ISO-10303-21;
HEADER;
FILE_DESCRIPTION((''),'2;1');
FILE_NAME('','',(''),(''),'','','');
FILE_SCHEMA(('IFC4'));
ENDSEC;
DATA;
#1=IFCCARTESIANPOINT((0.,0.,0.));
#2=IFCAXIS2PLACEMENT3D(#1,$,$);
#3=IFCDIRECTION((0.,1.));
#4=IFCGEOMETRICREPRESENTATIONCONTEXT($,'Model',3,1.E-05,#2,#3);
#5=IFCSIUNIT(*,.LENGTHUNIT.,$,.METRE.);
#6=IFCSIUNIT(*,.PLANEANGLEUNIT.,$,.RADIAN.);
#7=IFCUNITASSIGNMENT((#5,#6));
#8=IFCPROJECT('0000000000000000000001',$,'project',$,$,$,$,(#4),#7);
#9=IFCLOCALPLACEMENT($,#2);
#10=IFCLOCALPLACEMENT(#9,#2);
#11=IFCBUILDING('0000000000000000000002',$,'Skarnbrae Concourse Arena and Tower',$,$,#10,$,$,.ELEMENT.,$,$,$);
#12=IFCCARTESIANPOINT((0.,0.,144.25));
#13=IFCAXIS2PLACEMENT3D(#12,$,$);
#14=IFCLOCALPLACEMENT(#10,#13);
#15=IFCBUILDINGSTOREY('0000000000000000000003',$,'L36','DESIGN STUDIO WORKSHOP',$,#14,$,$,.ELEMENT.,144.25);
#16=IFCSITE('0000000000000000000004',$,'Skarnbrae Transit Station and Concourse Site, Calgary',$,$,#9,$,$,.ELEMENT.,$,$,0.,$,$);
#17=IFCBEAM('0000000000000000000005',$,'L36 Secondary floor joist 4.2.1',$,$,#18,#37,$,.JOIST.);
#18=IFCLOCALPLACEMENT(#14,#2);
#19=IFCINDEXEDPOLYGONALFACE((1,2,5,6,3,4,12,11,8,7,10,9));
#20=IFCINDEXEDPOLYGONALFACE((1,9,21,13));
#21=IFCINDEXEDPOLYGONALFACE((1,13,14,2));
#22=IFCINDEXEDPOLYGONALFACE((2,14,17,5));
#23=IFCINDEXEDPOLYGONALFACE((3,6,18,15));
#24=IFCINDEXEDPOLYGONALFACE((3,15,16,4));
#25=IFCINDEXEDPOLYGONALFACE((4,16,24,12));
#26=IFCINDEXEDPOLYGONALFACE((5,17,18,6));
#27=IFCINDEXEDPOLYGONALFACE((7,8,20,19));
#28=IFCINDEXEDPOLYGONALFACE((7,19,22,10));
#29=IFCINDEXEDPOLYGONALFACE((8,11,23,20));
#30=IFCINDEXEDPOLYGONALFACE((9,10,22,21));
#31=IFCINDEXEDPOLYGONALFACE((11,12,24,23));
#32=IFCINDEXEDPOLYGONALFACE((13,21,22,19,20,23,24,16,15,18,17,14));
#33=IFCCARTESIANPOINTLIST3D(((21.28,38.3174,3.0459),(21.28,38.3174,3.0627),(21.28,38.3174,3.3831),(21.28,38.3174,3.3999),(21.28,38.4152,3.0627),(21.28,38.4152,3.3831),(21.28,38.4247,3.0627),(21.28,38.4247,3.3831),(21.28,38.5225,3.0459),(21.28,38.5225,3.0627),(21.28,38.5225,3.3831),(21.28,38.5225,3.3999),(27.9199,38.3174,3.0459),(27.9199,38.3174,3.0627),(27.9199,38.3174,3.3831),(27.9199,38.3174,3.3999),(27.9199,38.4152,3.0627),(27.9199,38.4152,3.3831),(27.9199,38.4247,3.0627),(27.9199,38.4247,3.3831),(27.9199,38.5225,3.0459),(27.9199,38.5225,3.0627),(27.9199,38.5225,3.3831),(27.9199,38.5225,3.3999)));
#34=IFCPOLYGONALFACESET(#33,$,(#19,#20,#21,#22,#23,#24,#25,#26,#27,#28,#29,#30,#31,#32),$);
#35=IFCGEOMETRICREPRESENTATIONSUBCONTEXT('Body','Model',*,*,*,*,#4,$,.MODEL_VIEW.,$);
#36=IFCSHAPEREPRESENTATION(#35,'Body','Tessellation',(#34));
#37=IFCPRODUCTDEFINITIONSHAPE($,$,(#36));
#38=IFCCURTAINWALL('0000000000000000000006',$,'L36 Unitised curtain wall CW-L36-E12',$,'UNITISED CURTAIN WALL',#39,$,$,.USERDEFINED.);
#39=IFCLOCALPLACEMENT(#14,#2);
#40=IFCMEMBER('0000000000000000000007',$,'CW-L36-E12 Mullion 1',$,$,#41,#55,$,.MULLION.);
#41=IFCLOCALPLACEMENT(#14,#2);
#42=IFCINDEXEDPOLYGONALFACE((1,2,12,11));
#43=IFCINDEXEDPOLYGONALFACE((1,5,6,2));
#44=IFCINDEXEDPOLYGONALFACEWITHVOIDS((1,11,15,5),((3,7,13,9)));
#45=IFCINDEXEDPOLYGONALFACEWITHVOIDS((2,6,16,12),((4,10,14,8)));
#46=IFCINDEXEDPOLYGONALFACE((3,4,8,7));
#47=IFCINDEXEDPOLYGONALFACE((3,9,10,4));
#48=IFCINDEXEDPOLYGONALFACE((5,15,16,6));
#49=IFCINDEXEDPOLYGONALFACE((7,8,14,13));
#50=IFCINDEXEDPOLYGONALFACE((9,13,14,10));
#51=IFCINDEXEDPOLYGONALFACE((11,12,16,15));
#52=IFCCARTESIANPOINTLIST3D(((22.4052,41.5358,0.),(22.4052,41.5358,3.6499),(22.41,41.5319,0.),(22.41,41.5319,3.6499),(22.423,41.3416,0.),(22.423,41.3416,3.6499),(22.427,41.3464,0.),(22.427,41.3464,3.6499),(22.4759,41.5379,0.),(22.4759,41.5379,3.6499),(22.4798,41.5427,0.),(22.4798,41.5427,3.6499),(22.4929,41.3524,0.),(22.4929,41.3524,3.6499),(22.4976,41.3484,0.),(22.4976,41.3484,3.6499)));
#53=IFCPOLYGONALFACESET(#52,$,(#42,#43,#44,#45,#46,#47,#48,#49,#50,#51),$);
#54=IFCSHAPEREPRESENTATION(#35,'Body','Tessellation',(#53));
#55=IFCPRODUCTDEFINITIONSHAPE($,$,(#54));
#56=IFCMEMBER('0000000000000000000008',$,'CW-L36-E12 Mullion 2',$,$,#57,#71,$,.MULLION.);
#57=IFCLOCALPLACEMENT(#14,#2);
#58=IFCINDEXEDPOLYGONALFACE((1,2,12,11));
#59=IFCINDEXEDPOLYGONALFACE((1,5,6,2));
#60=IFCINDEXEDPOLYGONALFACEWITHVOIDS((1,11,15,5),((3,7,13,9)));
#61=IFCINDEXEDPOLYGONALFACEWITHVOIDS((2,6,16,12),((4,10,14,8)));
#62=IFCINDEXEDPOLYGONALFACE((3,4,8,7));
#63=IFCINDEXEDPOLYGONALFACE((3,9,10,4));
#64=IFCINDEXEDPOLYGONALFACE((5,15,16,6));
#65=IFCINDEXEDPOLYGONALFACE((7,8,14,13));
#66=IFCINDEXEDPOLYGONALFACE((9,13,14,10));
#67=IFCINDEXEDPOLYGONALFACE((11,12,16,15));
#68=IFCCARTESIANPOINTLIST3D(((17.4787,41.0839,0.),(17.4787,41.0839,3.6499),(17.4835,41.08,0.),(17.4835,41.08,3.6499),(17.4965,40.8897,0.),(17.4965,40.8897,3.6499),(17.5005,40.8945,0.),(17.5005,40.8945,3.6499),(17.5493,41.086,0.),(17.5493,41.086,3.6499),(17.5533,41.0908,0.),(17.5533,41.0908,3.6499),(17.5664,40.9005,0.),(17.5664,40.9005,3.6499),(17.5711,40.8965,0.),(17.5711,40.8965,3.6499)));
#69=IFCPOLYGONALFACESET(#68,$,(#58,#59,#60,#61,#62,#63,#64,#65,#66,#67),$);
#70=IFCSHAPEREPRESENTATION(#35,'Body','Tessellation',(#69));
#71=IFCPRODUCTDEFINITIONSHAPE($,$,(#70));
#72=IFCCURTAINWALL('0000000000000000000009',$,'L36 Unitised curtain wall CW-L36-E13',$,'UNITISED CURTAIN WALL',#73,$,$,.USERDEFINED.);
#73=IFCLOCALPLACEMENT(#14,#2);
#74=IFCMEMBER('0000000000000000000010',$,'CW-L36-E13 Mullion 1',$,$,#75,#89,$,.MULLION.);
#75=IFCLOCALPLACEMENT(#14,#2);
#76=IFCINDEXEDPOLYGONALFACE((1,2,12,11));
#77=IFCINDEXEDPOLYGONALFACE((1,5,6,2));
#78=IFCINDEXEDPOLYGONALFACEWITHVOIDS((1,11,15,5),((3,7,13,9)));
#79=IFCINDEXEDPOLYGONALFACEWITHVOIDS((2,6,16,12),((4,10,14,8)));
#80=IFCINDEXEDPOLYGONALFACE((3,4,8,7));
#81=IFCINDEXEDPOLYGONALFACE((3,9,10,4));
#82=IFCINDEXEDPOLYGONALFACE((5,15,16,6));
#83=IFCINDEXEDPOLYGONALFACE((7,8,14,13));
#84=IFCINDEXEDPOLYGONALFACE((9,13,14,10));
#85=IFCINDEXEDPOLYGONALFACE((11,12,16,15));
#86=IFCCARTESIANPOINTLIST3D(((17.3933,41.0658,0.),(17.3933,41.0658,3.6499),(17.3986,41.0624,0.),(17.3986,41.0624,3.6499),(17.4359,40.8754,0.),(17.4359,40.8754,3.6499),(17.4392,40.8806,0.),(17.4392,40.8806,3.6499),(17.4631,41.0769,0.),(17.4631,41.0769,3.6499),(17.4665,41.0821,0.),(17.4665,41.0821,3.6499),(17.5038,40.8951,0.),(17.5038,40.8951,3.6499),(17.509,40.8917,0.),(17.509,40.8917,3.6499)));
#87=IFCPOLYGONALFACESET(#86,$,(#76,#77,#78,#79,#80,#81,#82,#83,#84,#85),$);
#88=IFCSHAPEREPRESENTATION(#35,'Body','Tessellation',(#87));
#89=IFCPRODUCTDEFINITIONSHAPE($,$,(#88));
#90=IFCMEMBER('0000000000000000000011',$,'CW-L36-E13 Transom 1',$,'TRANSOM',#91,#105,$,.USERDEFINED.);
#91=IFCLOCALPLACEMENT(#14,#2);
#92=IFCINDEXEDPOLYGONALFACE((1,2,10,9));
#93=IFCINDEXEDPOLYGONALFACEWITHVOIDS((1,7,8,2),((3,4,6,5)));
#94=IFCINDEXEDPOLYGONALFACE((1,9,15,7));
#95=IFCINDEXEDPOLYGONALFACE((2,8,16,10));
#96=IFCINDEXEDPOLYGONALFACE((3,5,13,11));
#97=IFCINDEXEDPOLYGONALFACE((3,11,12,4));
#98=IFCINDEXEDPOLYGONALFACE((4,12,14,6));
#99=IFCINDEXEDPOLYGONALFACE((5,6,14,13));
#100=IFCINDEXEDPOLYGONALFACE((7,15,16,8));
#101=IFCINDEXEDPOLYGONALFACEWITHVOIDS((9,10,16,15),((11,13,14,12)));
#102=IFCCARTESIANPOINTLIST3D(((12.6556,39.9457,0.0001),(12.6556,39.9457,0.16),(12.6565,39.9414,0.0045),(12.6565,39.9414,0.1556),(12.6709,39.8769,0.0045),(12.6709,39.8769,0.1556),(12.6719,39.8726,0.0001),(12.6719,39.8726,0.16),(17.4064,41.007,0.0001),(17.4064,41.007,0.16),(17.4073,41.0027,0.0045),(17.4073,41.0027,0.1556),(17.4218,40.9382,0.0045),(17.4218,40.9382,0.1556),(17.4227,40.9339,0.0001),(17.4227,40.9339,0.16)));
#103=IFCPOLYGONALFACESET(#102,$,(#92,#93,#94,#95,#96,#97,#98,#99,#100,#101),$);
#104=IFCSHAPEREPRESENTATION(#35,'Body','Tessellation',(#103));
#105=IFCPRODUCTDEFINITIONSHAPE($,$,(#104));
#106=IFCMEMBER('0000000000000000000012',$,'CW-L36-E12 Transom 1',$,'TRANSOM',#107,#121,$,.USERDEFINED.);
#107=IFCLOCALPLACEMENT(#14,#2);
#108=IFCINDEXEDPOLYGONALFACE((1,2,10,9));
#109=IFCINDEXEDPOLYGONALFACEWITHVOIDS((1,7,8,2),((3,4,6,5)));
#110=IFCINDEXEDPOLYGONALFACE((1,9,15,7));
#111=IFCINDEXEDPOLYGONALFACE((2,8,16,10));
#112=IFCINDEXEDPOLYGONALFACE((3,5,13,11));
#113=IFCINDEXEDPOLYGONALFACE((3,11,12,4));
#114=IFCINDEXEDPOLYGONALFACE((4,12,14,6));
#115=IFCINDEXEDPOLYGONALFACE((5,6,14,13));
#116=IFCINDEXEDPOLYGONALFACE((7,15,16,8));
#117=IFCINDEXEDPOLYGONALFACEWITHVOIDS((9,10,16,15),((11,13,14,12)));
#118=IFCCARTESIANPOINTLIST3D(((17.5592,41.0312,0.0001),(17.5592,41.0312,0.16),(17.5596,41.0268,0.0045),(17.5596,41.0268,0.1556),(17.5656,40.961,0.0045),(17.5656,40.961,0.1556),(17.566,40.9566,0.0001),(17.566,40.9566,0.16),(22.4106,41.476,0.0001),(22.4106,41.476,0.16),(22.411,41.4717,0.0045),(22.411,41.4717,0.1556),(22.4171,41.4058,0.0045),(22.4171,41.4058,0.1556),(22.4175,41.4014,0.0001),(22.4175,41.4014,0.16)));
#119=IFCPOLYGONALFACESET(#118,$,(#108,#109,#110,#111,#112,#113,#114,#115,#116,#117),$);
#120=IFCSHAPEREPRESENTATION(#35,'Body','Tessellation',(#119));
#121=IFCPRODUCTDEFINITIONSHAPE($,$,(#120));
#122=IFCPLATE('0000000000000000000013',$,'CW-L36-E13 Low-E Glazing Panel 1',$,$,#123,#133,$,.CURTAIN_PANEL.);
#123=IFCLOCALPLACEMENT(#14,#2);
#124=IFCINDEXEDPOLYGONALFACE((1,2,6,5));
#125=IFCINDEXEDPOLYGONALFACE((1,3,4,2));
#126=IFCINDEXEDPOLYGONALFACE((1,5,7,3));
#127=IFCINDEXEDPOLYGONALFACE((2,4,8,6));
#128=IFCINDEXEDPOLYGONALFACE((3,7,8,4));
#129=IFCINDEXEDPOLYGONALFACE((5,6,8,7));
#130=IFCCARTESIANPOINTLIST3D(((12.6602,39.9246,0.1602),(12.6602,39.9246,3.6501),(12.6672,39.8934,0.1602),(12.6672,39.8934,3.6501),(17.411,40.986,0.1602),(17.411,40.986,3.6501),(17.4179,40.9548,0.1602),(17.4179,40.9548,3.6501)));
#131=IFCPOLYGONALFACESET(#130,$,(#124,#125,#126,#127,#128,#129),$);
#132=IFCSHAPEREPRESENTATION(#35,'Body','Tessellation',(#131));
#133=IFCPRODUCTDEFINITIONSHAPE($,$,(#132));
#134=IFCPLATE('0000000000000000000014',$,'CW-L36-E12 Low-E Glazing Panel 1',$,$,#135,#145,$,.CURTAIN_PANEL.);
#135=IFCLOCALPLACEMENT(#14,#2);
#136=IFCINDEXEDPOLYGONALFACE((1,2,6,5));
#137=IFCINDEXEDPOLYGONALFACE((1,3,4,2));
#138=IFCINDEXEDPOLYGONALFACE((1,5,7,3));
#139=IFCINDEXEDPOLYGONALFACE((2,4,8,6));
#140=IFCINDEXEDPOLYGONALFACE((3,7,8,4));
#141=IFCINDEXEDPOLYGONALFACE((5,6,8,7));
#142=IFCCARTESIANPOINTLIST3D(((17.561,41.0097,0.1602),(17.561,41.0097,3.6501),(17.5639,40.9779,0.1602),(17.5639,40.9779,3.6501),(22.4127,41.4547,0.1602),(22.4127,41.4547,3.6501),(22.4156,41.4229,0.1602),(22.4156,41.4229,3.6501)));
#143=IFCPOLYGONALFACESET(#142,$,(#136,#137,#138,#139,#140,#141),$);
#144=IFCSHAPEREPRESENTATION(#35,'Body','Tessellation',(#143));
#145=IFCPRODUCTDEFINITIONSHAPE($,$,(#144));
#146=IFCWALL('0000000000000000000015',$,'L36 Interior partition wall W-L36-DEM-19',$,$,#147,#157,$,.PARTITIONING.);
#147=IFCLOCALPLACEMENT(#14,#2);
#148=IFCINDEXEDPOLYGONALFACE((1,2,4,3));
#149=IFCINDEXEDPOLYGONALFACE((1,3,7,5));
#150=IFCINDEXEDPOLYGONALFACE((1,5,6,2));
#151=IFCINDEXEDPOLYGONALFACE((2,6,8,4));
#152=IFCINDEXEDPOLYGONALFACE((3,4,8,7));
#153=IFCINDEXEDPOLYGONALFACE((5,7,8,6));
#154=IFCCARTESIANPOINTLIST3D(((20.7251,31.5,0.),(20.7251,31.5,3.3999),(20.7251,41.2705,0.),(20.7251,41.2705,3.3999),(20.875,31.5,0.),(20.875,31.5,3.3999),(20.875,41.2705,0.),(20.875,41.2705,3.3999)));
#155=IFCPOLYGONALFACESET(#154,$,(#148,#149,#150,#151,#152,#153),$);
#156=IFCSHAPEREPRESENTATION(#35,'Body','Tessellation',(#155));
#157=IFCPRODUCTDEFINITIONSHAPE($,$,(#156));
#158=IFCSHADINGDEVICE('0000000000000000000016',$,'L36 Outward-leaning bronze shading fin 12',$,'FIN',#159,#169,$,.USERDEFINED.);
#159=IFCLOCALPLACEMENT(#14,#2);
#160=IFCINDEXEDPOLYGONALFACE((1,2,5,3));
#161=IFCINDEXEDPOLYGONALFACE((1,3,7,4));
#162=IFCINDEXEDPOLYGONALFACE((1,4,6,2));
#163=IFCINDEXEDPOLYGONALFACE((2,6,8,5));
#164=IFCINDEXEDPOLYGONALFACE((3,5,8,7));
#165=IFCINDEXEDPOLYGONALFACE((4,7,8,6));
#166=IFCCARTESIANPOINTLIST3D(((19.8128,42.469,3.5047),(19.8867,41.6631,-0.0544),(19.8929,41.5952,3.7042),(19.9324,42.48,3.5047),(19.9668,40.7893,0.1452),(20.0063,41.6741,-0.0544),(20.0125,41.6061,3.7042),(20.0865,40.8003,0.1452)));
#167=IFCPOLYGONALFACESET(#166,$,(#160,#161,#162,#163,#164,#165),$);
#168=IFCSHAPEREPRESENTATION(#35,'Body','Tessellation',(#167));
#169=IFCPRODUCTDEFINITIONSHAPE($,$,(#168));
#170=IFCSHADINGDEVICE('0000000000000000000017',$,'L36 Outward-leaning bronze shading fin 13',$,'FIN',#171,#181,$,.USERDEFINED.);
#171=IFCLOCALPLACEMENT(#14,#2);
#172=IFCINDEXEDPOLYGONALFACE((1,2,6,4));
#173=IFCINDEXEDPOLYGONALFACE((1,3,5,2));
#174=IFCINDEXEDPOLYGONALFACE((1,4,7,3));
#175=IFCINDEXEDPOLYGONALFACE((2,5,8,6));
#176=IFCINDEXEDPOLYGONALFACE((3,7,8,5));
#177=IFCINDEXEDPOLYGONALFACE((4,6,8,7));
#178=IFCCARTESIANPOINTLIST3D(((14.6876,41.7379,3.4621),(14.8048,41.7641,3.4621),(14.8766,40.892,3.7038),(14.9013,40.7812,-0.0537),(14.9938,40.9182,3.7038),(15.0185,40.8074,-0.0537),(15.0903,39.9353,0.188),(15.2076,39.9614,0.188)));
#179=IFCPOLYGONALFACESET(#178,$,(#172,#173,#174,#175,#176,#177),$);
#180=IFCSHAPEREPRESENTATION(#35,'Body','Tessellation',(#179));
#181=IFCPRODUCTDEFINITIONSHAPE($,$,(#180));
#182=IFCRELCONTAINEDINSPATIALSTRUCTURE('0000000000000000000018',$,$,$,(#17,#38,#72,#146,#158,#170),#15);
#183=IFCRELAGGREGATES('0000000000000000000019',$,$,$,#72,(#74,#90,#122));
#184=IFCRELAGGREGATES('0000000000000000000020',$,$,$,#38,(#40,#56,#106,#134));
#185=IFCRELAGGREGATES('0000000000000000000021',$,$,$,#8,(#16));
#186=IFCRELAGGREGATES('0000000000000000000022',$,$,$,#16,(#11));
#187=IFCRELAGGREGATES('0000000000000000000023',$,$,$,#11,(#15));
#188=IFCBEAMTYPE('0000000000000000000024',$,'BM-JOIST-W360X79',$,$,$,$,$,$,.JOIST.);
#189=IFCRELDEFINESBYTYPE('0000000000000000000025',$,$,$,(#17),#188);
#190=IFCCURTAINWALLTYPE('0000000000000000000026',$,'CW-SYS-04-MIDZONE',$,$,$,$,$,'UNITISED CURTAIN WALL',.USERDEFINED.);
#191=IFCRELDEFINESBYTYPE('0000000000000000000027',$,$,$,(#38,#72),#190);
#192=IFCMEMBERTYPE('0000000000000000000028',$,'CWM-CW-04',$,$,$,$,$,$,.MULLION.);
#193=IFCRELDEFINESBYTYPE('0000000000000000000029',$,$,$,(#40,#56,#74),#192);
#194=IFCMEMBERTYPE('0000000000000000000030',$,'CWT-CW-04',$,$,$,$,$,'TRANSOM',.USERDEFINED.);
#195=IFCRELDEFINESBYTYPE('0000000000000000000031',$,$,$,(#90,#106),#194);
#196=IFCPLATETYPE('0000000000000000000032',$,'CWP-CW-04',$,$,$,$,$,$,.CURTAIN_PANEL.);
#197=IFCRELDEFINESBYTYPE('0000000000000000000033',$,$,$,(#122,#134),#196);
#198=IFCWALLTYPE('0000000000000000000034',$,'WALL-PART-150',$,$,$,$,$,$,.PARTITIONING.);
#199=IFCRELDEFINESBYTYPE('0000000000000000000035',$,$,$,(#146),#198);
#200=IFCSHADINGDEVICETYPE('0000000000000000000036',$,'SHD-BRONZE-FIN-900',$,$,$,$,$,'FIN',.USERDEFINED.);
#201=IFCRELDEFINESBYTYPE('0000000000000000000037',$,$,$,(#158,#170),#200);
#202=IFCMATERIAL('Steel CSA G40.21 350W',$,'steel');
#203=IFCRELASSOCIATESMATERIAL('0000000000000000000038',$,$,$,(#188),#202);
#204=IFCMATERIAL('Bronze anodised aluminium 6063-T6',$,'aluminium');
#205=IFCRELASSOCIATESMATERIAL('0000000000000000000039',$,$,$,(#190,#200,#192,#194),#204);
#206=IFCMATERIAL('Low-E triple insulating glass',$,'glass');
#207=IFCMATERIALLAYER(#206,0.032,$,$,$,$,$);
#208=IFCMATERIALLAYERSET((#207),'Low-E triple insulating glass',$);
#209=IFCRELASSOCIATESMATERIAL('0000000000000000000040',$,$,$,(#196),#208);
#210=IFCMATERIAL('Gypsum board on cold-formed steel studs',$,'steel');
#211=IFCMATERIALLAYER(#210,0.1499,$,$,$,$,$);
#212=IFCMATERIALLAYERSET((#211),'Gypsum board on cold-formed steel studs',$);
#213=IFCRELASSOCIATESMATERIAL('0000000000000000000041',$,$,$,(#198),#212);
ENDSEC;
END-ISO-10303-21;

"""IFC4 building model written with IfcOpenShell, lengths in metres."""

from ifc_helpers import new_model, si_unit, direction, frame, frame_2d, origin, origin_2d, place, context, subcontext, project, spatial, rectangle, hollow_rectangle, i_section, extrude, source, transform, mapped, material, layer, layer_set, material_profile, profile_set, type_object, element, aggregate, save


model = new_model("IFC4")

# Units and contexts
model_context = context("Model", 3, precision=1e-05, world=origin(), true_north=direction((0.0, 1.0)))
body_context = subcontext(model_context, "Body", "Model", "MODEL_VIEW")
ifc_project = project(units=[si_unit("LENGTHUNIT", "METRE"), si_unit("PLANEANGLEUNIT", "RADIAN")], contexts=[model_context])

# Site, building, storey
site_placement = place(None, origin())
site = spatial("IfcSite", under=ifc_project, at=site_placement, Name="Skarnbrae Transit Station and Concourse Site, Calgary", CompositionType="ELEMENT", RefElevation=0.0)
building_placement = place(site_placement, origin())
building = spatial("IfcBuilding", under=site, at=building_placement, Name="Skarnbrae Concourse Arena and Tower", CompositionType="ELEMENT")
storey_placement = place(building_placement, frame((0.0, 0.0, 144.25)))
storey = spatial("IfcBuildingStorey", under=building, at=storey_placement, Name="L36", Description="DESIGN STUDIO WORKSHOP", CompositionType="ELEMENT", Elevation=144.25)

# Shared definitions
ifc_material_1 = material(Name="Steel CSA G40.21 350W", Category="steel")

# Beam
ifc_material_profile_1 = material_profile(ifc_material_1, i_section(OverallWidth=0.2051, OverallDepth=0.354, WebThickness=0.0095, FlangeThickness=0.0168, at=origin_2d()), Name="W360X79")
ifc_profile_set_1 = profile_set([ifc_material_profile_1], Name="Steel CSA G40.21 350W")
beam_type_1 = type_object("IfcBeamType", Name="BM-JOIST-W360X79", PredefinedType="JOIST", material=ifc_profile_set_1)
shared_shape_1 = source(origin(), body_context, "Body", "SweptSolid", [
    extrude(i_section(OverallWidth=0.2051, OverallDepth=0.354, WebThickness=0.0095, FlangeThickness=0.0168, at=origin_2d()), origin(), (0.0, 0.0, 1.0), 6.6399),
])
for number, where, z_axis, x_axis, name in (
    (1, (21.28, 38.4199, 3.2229), (1.0, 0.0, 0.0), (0.0, 1.0, 0.0), "L36 Secondary floor joist 4.2.1"),
):
    element("IfcBeam", number, at=place(storey_placement, frame(where, z_axis=z_axis, x_axis=x_axis)), inside=storey, type_object=beam_type_1, Name=name, PredefinedType="JOIST", context=body_context, shape_type="MappedRepresentation", body=[
        mapped(shared_shape_1, transform((0.0, 0.0, 0.0))),
    ])

# Curtain walls, members
ifc_material_2 = material(Name="Bronze anodised aluminium 6063-T6", Category="aluminium")
curtain_wall_type = type_object("IfcCurtainWallType", Name="CW-SYS-04-MIDZONE", ElementType="UNITISED CURTAIN WALL", PredefinedType="USERDEFINED", material=ifc_material_2)
curtain_wall_1_placement = place(storey_placement, origin())
curtain_wall_1 = element("IfcCurtainWall", 2, at=curtain_wall_1_placement, inside=storey, type_object=curtain_wall_type, Name="L36 Unitised curtain wall CW-L36-E12", ObjectType="UNITISED CURTAIN WALL", PredefinedType="USERDEFINED")
ifc_material_profile_2 = material_profile(ifc_material_2, hollow_rectangle(XDim=0.075, YDim=0.1951, WallThickness=0.0044, at=origin_2d()), Name="ALU-MULL-75X195")
ifc_profile_set_2 = profile_set([ifc_material_profile_2], Name="Bronze anodised aluminium 6063-T6")
member_type_1 = type_object("IfcMemberType", Name="CWM-CW-04", PredefinedType="MULLION", material=ifc_profile_set_2)
shared_shape_2 = source(origin(), body_context, "Body", "SweptSolid", [
    extrude(hollow_rectangle(XDim=0.075, YDim=0.1951, WallThickness=0.0044, at=origin_2d()), origin(), (0.0, 0.0, 1.0), 3.6499),
])
member_1_placement = place(storey_placement, frame((22.4514, 41.4421, 0.0), z_axis=(0.0, 0.0, 1.0), x_axis=(-0.99582, -0.091338, 0.0)))
member_1 = element("IfcMember", 3, at=member_1_placement, type_object=member_type_1, Name="CW-L36-E12 Mullion 1", PredefinedType="MULLION", context=body_context, shape_type="MappedRepresentation", body=[
    mapped(shared_shape_2, transform((0.0, 0.0, 0.0))),
])
member_2_placement = place(storey_placement, frame((17.5249, 40.9902, 0.0), z_axis=(0.0, 0.0, 1.0), x_axis=(-0.99582, -0.091338, 0.0)))
member_2 = element("IfcMember", 4, at=member_2_placement, type_object=member_type_1, Name="CW-L36-E12 Mullion 2", PredefinedType="MULLION", context=body_context, shape_type="MappedRepresentation", body=[
    mapped(shared_shape_2, transform((0.0, 0.0, 0.0))),
])
curtain_wall_2_placement = place(storey_placement, origin())
curtain_wall_2 = element("IfcCurtainWall", 5, at=curtain_wall_2_placement, inside=storey, type_object=curtain_wall_type, Name="L36 Unitised curtain wall CW-L36-E13", ObjectType="UNITISED CURTAIN WALL", PredefinedType="USERDEFINED")
member_3_placement = place(storey_placement, frame((17.4512, 40.9788, 0.0), z_axis=(0.0, 0.0, 1.0), x_axis=(-0.975936, -0.218056, 0.0)))
member_3 = element("IfcMember", 6, at=member_3_placement, type_object=member_type_1, Name="CW-L36-E13 Mullion 1", PredefinedType="MULLION", context=body_context, shape_type="MappedRepresentation", body=[
    mapped(shared_shape_2, transform((0.0, 0.0, 0.0))),
])
ifc_material_profile_3 = material_profile(ifc_material_2, hollow_rectangle(XDim=0.075, YDim=0.1599, WallThickness=0.0044, at=origin_2d()), Name="ALU-TRAN-75X160")
ifc_profile_set_3 = profile_set([ifc_material_profile_3], Name="Bronze anodised aluminium 6063-T6")
member_type_2 = type_object("IfcMemberType", Name="CWT-CW-04", ElementType="TRANSOM", PredefinedType="USERDEFINED", material=ifc_profile_set_3)
shared_shape_3 = source(origin(), body_context, "Body", "SweptSolid", [
    extrude(hollow_rectangle(XDim=0.075, YDim=0.1599, WallThickness=0.0044, at=origin_2d()), origin(), (0.0, 0.0, 1.0), 4.8679),
])
member_4_placement = place(storey_placement, frame((17.4146, 40.9705, 0.0801), z_axis=(-0.975945, -0.218019, 0.0), x_axis=(0.218019, -0.975945, 0.0)))
member_4 = element("IfcMember", 7, at=member_4_placement, type_object=member_type_2, Name="CW-L36-E13 Transom 1", ObjectType="TRANSOM", PredefinedType="USERDEFINED", context=body_context, shape_type="MappedRepresentation", body=[
    mapped(shared_shape_3, transform((0.0, 0.0, 0.0))),
])

# Member
shared_shape_4 = source(origin(), body_context, "Body", "SweptSolid", [
    extrude(hollow_rectangle(XDim=0.075, YDim=0.1599, WallThickness=0.0044, at=origin_2d()), origin(), (0.0, 0.0, 1.0), 4.8718),
])
member_5_placement = place(storey_placement, frame((22.4141, 41.4387, 0.0801), z_axis=(-0.995823, -0.091304, 0.0), x_axis=(0.091304, -0.995823, 0.0)))
member_5 = element("IfcMember", 8, at=member_5_placement, type_object=member_type_2, Name="CW-L36-E12 Transom 1", ObjectType="TRANSOM", PredefinedType="USERDEFINED", context=body_context, shape_type="MappedRepresentation", body=[
    mapped(shared_shape_4, transform((0.0, 0.0, 0.0))),
])

# Plates
ifc_material_3 = material(Name="Low-E triple insulating glass", Category="glass")
ifc_layer_1 = layer(ifc_material_3, 0.032)
ifc_layer_set_1 = layer_set([ifc_layer_1], Name="Low-E triple insulating glass")
plate_type = type_object("IfcPlateType", Name="CWP-CW-04", PredefinedType="CURTAIN_PANEL", material=ifc_layer_set_1)
shared_shape_5 = source(origin(), body_context, "Body", "SweptSolid", [
    extrude(rectangle(XDim=4.8679, YDim=0.032, at=origin_2d()), origin(), (0.0, 0.0, 1.0), 3.49),
])
plate_1_placement = place(storey_placement, frame((15.0391, 40.4397, 0.1602), z_axis=(0.0, 0.0, 1.0), x_axis=(-0.975936, -0.218056, 0.0)))
plate_1 = element("IfcPlate", 9, at=plate_1_placement, type_object=plate_type, Name="CW-L36-E13 Low-E Glazing Panel 1", PredefinedType="CURTAIN_PANEL", context=body_context, shape_type="MappedRepresentation", body=[
    mapped(shared_shape_5, transform((0.0, 0.0, 0.0))),
])
aggregate(curtain_wall_2, [member_3, member_4, plate_1])
shared_shape_6 = source(origin(), body_context, "Body", "SweptSolid", [
    extrude(rectangle(XDim=4.8721, YDim=0.032, at=origin_2d()), origin(), (0.0, 0.0, 1.0), 3.49),
])
plate_2_placement = place(storey_placement, frame((19.9883, 41.2163, 0.1602), z_axis=(0.0, 0.0, 1.0), x_axis=(-0.99582, -0.091338, 0.0)))
plate_2 = element("IfcPlate", 10, at=plate_2_placement, type_object=plate_type, Name="CW-L36-E12 Low-E Glazing Panel 1", PredefinedType="CURTAIN_PANEL", context=body_context, shape_type="MappedRepresentation", body=[
    mapped(shared_shape_6, transform((0.0, 0.0, 0.0))),
])
aggregate(curtain_wall_1, [member_1, member_2, member_5, plate_2])

# Wall
ifc_material_4 = material(Name="Gypsum board on cold-formed steel studs", Category="steel")
ifc_layer_2 = layer(ifc_material_4, 0.1499)
ifc_layer_set_2 = layer_set([ifc_layer_2], Name="Gypsum board on cold-formed steel studs")
wall_type = type_object("IfcWallType", Name="WALL-PART-150", PredefinedType="PARTITIONING", material=ifc_layer_set_2)
shared_shape_7 = source(origin(), body_context, "Body", "SweptSolid", [
    extrude(rectangle(XDim=9.7705, YDim=0.1499, at=frame_2d((4.8853, 0.0))), origin(), (0.0, 0.0, 1.0), 3.3999),
])
wall_placement = place(storey_placement, frame((20.8, 41.2705, 0.0), z_axis=(0.0, 0.0, 1.0), x_axis=(0.0, -1.0, 0.0)))
element("IfcWall", 11, at=wall_placement, inside=storey, type_object=wall_type, Name="L36 Interior partition wall W-L36-DEM-19", PredefinedType="PARTITIONING", context=body_context, shape_type="MappedRepresentation", body=[
    mapped(shared_shape_7, transform((0.0, 0.0, 0.0))),
])

# Shading devices
shading_device_type = type_object("IfcShadingDeviceType", Name="SHD-BRONZE-FIN-900", ElementType="FIN", PredefinedType="USERDEFINED", material=ifc_material_2)
shared_shape_8 = source(origin(), body_context, "Body", "SweptSolid", [
    extrude(rectangle(XDim=0.1201, YDim=0.8999, at=origin_2d()), origin(), (0.0, 0.0, 1.0), 3.6499),
])
for number, where, z_axis, x_axis, name in (
    (12, (19.9866, 41.2317, 0.0454), (-0.020253, 0.220792, 0.975111), (0.995819, 0.091345, 0.0), "L36 Outward-leaning bronze shading fin 12"),
    (13, (15.0544, 40.3713, 0.0671), (-0.058567, 0.26212, 0.963256), (0.975936, 0.218058, 0.0), "L36 Outward-leaning bronze shading fin 13"),
):
    element("IfcShadingDevice", number, at=place(storey_placement, frame(where, z_axis=z_axis, x_axis=x_axis)), inside=storey, type_object=shading_device_type, Name=name, ObjectType="FIN", PredefinedType="USERDEFINED", context=body_context, shape_type="MappedRepresentation", body=[
        mapped(shared_shape_8, transform((0.0, 0.0, 0.0))),
    ])

save(model, "model.ifc")
